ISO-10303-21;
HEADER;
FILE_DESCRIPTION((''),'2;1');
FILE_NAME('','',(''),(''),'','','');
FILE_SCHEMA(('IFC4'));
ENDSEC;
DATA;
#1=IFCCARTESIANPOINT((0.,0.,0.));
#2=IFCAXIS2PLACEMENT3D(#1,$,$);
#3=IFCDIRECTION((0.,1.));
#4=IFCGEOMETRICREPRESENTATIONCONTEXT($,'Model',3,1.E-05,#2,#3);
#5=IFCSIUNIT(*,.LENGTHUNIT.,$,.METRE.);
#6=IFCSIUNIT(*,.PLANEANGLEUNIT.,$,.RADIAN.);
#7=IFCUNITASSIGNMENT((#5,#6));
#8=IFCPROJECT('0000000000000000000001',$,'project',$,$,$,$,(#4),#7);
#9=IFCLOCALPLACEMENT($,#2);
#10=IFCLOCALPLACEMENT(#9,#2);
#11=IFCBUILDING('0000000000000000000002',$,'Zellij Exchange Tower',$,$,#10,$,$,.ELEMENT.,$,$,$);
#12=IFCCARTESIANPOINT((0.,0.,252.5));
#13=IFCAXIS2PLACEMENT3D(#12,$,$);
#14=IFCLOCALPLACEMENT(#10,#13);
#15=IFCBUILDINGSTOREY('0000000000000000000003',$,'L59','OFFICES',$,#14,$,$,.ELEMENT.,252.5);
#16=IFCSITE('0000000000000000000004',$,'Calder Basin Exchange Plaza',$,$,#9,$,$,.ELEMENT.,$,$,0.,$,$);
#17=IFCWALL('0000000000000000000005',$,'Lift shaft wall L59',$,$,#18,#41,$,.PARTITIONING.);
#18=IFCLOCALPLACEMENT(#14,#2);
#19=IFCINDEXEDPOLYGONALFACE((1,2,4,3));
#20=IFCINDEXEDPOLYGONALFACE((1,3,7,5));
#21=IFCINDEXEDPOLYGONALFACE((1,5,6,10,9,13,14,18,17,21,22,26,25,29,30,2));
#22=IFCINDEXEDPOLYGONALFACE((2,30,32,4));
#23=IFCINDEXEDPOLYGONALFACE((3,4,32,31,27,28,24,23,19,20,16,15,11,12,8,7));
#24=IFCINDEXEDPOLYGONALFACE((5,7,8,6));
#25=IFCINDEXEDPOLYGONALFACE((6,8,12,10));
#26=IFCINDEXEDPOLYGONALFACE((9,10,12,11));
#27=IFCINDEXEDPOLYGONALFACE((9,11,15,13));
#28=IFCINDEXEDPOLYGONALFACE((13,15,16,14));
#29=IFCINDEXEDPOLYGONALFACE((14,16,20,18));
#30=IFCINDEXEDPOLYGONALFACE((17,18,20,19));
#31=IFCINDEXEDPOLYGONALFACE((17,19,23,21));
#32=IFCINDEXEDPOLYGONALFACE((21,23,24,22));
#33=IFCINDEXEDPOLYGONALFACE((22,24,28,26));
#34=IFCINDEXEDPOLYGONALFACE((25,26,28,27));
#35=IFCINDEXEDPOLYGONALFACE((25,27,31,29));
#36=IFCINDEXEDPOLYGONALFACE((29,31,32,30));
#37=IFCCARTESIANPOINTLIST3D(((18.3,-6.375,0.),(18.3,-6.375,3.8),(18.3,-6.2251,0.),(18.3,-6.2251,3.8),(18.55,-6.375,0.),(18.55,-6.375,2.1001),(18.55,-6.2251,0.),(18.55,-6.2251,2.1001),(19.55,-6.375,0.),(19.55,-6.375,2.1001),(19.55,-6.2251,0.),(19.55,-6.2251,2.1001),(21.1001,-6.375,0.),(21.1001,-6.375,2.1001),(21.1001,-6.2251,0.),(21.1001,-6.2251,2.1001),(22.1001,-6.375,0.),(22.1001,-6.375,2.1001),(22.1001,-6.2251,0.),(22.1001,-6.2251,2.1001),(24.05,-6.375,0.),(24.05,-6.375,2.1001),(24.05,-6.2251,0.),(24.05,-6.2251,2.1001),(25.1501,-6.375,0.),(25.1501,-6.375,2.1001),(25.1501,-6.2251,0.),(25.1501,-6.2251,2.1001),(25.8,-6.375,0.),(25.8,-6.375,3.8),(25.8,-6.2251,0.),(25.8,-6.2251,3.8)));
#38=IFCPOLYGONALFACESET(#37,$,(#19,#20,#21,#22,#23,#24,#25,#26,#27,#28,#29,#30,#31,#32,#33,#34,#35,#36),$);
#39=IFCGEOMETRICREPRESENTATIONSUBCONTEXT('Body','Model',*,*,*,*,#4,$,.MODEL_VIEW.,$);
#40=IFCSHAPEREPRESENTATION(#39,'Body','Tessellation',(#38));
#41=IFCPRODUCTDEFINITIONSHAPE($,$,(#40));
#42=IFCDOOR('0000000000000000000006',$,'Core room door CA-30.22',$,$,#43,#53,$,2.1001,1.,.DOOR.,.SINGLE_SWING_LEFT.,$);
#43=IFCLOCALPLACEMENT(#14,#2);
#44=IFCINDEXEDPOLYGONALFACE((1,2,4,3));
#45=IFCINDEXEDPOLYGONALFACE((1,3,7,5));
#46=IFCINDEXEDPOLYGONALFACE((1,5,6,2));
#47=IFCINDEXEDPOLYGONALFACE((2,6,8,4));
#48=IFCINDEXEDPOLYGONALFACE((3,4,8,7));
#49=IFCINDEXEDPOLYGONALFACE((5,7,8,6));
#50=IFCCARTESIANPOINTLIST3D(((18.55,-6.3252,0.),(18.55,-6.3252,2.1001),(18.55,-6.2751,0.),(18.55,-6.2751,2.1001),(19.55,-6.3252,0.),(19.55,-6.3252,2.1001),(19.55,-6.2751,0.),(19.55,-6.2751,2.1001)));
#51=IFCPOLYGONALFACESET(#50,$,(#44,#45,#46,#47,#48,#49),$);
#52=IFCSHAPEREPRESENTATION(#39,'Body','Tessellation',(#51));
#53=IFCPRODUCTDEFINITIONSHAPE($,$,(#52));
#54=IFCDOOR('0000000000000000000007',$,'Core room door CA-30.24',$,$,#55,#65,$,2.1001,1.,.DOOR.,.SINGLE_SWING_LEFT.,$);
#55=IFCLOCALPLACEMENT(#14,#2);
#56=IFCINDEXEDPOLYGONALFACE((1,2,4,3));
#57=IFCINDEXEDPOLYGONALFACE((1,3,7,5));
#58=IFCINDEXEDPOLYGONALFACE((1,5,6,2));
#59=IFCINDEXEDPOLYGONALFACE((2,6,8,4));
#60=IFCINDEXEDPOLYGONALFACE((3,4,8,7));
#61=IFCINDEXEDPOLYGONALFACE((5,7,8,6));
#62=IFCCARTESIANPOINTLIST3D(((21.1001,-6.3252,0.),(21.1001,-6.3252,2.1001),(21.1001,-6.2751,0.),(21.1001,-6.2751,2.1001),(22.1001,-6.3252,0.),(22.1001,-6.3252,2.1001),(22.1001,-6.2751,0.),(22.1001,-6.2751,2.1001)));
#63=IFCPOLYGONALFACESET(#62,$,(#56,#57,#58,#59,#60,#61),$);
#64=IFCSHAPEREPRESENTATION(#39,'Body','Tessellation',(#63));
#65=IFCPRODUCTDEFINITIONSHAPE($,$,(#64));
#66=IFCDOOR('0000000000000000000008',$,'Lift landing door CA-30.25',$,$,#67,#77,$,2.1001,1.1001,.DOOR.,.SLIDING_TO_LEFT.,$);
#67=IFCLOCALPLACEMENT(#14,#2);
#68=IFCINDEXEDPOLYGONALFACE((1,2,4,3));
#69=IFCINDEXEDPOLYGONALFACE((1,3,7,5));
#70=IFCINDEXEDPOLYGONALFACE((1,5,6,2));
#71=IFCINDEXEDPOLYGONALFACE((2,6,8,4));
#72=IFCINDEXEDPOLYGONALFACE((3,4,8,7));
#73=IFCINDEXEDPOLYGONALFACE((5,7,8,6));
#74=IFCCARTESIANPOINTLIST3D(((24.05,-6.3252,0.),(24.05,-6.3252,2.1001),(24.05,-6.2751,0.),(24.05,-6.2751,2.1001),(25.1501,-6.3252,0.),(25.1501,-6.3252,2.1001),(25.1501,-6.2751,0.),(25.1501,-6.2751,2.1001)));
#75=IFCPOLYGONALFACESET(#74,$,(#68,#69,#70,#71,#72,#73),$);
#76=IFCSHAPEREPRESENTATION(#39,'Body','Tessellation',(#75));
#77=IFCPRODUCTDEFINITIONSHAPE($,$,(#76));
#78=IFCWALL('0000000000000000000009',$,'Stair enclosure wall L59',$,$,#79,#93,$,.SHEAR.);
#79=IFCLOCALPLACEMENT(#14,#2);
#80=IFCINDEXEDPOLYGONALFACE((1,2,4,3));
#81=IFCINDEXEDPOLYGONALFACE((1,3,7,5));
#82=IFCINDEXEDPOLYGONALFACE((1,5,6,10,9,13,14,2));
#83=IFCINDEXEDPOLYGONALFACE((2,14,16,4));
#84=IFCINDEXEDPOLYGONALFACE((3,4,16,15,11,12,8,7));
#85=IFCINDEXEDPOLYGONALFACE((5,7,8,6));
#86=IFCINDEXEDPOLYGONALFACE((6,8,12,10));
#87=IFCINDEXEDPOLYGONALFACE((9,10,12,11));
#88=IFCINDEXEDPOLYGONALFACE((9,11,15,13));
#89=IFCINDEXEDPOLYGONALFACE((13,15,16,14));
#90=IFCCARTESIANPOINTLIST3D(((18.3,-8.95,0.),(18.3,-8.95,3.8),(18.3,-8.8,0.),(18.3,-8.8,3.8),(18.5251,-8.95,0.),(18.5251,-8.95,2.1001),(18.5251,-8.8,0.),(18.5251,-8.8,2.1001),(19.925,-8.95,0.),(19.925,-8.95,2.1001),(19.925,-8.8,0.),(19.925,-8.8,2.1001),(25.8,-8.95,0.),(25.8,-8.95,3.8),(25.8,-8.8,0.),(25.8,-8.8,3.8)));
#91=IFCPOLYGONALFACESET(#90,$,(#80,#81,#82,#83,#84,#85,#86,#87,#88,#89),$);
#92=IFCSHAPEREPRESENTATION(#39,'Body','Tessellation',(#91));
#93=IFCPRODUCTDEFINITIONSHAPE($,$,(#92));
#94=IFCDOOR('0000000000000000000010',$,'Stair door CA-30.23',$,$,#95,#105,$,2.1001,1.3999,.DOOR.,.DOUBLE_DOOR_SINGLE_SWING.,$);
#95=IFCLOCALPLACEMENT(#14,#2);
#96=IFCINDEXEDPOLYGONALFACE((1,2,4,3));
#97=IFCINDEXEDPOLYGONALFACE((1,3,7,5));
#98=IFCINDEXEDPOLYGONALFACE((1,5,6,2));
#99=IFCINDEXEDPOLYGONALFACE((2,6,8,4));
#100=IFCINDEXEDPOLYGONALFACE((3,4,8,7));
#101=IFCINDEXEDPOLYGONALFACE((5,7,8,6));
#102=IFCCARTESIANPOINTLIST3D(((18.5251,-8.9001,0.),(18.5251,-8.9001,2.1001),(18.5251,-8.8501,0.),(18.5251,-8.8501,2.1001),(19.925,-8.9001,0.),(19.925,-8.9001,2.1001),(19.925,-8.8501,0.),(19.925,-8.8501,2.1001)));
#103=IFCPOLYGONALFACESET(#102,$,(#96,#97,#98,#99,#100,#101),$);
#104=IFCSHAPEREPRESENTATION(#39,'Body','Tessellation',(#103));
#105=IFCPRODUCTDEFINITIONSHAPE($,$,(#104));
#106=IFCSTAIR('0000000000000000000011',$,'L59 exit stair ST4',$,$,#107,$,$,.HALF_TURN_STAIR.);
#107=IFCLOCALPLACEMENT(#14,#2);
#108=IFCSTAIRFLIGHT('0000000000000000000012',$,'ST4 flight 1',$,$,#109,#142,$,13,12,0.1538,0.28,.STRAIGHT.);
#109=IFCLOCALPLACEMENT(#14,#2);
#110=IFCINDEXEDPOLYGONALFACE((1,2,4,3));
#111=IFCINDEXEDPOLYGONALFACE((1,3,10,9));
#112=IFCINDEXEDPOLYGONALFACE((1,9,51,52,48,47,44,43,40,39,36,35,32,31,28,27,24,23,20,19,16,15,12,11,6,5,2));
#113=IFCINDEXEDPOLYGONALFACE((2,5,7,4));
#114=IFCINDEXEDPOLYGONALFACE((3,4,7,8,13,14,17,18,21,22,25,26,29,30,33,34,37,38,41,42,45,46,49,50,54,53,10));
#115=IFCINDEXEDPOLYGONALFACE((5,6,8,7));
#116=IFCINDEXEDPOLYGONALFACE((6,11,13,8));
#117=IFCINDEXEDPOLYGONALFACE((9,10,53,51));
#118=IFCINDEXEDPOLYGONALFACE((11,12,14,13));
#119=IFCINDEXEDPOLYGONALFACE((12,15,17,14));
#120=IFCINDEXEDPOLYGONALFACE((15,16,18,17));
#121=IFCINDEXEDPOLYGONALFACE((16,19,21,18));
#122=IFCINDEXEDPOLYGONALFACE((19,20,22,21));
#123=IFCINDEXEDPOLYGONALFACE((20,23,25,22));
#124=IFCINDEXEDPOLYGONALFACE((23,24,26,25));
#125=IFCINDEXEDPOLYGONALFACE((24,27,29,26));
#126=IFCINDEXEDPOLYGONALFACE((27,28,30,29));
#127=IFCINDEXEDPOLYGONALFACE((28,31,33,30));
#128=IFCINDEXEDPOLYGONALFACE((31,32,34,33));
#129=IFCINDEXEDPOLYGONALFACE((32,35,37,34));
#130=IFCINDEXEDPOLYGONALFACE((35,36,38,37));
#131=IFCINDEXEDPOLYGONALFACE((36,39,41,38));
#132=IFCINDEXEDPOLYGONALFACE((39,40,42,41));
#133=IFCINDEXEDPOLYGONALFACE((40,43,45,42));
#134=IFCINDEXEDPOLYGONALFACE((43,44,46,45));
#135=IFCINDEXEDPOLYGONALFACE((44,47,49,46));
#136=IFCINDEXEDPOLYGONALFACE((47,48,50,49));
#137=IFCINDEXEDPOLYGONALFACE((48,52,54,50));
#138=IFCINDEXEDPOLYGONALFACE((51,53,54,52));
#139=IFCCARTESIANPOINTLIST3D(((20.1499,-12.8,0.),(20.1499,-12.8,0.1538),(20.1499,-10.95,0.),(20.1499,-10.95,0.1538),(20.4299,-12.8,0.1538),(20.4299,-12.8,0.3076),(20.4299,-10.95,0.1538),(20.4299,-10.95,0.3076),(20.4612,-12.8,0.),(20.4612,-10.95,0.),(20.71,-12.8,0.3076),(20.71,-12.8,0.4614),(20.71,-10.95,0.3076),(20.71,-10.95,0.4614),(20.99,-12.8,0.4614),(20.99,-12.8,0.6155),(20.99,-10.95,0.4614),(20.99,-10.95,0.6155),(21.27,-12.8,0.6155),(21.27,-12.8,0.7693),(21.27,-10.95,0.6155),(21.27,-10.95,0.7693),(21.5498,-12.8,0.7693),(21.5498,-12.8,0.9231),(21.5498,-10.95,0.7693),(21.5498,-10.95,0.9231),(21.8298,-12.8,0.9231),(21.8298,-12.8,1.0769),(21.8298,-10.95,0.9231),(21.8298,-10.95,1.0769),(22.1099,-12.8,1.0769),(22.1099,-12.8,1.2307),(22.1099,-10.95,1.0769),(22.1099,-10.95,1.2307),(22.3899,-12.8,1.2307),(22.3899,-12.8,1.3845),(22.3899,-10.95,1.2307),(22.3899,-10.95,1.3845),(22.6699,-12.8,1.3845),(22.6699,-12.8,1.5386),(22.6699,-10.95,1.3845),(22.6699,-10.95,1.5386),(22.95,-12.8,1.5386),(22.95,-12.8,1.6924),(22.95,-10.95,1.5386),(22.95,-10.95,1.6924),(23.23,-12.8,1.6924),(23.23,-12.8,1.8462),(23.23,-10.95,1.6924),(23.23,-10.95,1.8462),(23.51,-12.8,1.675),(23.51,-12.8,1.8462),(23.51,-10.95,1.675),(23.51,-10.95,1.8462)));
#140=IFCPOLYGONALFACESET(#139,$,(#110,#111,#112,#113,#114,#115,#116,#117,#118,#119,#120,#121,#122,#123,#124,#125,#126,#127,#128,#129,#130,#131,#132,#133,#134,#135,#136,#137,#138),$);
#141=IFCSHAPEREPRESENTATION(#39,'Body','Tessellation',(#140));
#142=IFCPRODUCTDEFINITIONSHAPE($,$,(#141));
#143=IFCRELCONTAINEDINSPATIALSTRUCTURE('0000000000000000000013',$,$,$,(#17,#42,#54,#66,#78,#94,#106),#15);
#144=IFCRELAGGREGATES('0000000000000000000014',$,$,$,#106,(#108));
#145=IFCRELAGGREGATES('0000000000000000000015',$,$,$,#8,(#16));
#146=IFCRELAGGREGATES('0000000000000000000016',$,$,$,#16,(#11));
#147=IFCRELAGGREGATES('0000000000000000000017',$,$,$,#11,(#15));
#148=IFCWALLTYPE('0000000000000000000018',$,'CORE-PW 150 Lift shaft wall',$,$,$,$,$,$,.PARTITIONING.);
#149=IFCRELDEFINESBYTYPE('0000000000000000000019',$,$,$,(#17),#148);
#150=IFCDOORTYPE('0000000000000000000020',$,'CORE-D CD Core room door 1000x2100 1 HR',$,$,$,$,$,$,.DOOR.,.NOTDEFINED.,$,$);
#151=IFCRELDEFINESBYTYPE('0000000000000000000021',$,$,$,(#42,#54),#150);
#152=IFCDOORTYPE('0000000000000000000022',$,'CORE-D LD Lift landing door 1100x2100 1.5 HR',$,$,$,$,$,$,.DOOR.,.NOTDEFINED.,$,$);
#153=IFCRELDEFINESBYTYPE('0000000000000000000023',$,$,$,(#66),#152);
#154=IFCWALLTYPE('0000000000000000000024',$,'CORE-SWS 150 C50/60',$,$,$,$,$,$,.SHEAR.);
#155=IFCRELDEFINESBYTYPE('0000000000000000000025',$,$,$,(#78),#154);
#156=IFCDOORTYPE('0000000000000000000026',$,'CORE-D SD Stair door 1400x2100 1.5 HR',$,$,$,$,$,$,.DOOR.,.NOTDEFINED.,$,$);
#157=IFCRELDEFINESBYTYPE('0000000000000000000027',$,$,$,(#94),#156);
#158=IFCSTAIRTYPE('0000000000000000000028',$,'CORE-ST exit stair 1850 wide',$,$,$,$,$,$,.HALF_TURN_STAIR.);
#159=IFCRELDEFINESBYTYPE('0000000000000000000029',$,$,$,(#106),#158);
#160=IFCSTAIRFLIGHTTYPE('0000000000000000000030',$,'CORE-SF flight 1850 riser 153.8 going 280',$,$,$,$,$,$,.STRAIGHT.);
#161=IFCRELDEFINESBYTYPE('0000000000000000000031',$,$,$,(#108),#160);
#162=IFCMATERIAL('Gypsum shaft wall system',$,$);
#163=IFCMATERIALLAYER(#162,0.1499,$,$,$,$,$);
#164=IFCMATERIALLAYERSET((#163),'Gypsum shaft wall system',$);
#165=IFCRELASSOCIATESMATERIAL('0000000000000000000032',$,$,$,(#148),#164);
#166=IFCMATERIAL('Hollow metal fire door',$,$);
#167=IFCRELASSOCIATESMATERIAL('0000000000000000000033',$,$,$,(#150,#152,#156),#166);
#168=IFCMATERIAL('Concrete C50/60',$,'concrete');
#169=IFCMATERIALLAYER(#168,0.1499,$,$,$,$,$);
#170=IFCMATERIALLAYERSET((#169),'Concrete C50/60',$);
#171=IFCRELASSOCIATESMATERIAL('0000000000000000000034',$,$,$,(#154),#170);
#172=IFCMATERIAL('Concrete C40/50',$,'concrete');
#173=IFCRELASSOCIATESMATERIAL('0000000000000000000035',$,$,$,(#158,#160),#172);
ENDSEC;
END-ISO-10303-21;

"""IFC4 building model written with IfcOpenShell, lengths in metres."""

from ifc_helpers import new_model, si_unit, direction, frame, frame_2d, origin, place, context, subcontext, project, spatial, polyline, rectangle, outline, extrude, material, layer, layer_set, type_object, element, fill, aggregate, save


model = new_model("IFC4")

# Units and contexts
model_context = context("Model", 3, precision=1e-05, world=origin(), true_north=direction((0.0, 1.0)))
body_context = subcontext(model_context, "Body", "Model", "MODEL_VIEW")
ifc_project = project(units=[si_unit("LENGTHUNIT", "METRE"), si_unit("PLANEANGLEUNIT", "RADIAN")], contexts=[model_context])

# Site, building, storey
site_placement = place(None, origin())
site = spatial("IfcSite", under=ifc_project, at=site_placement, Name="Calder Basin Exchange Plaza", CompositionType="ELEMENT", RefElevation=0.0)
building_placement = place(site_placement, origin())
building = spatial("IfcBuilding", under=site, at=building_placement, Name="Zellij Exchange Tower", CompositionType="ELEMENT")
storey_placement = place(building_placement, frame((0.0, 0.0, 252.5)))
storey = spatial("IfcBuildingStorey", under=building, at=storey_placement, Name="L59", Description="OFFICES", CompositionType="ELEMENT", Elevation=252.5)

# Shared definitions
ifc_material_1 = material(Name="Concrete C50/60", Category="concrete")
ifc_material_2 = material(Name="Gypsum shaft wall system")
ifc_layer_1 = layer(ifc_material_2, 0.1499)
ifc_layer_set_1 = layer_set([ifc_layer_1], Name="Gypsum shaft wall system")
wall_type_1 = type_object("IfcWallType", Name="CORE-PW 150 Lift shaft wall", PredefinedType="PARTITIONING", material=ifc_layer_set_1)

# Wall, openings, doors
wall_1_placement = place(storey_placement, frame((18.3, -6.3, 0.0), z_axis=(0.0, 0.0, 1.0), x_axis=(1.0, 0.0, 0.0)))
wall_1 = element("IfcWall", 1, at=wall_1_placement, inside=storey, type_object=wall_type_1, Name="Lift shaft wall L59", PredefinedType="PARTITIONING", context=body_context, shape_type="SweptSolid", body=[
    extrude(rectangle(XDim=7.5, YDim=0.1499, at=frame_2d((3.75, 0.0))), origin(), (0.0, 0.0, 1.0), 3.8),
])
opening_1_placement = place(wall_1_placement, frame((0.25, 0.0, 0.0)))
opening_1 = element("IfcOpeningElement", 2, at=opening_1_placement, cuts=wall_1, PredefinedType="OPENING", context=body_context, shape_type="SweptSolid", body=[
    extrude(rectangle(XDim=1.0, YDim=2.1001, at=frame_2d((0.5, 1.05))), frame((0.0, 0.0869, 0.0), z_axis=(0.0, -1.0, 0.0), x_axis=(1.0, 0.0, 0.0)), (0.0, 0.0, 1.0), 0.1738),
])
opening_2_placement = place(wall_1_placement, frame((2.8, 0.0, 0.0)))
opening_2 = element("IfcOpeningElement", 3, at=opening_2_placement, cuts=wall_1, PredefinedType="OPENING", context=body_context, shape_type="SweptSolid", body=[
    extrude(rectangle(XDim=1.0, YDim=2.1001, at=frame_2d((0.5, 1.05))), frame((0.0, 0.0869, 0.0), z_axis=(0.0, -1.0, 0.0), x_axis=(1.0, 0.0, 0.0)), (0.0, 0.0, 1.0), 0.1738),
])
opening_3_placement = place(wall_1_placement, frame((5.75, 0.0, 0.0)))
opening_3 = element("IfcOpeningElement", 4, at=opening_3_placement, cuts=wall_1, PredefinedType="OPENING", context=body_context, shape_type="SweptSolid", body=[
    extrude(rectangle(XDim=1.1001, YDim=2.1001, at=frame_2d((0.55, 1.05))), frame((0.0, 0.0869, 0.0), z_axis=(0.0, -1.0, 0.0), x_axis=(1.0, 0.0, 0.0)), (0.0, 0.0, 1.0), 0.1738),
])
ifc_material_3 = material(Name="Hollow metal fire door")
door_type_1 = type_object("IfcDoorType", Name="CORE-D CD Core room door 1000x2100 1 HR", OperationType="NOTDEFINED", PredefinedType="DOOR", material=ifc_material_3)
door_1_placement = place(opening_1_placement, origin())
door_1 = element("IfcDoor", 5, at=door_1_placement, inside=storey, type_object=door_type_1, Name="Core room door CA-30.22", OperationType="SINGLE_SWING_LEFT", OverallHeight=2.1001, OverallWidth=1.0, PredefinedType="DOOR", context=body_context, shape_type="SweptSolid", body=[
    extrude(rectangle(XDim=1.0, YDim=2.1001, at=frame_2d((0.5, 1.05))), frame((0.0, 0.0249, 0.0), z_axis=(0.0, -1.0, 0.0), x_axis=(1.0, 0.0, 0.0)), (0.0, 0.0, 1.0), 0.05),
])
fill(opening_1, door_1)
door_2_placement = place(opening_2_placement, origin())
door_2 = element("IfcDoor", 6, at=door_2_placement, inside=storey, type_object=door_type_1, Name="Core room door CA-30.24", OperationType="SINGLE_SWING_LEFT", OverallHeight=2.1001, OverallWidth=1.0, PredefinedType="DOOR", context=body_context, shape_type="SweptSolid", body=[
    extrude(rectangle(XDim=1.0, YDim=2.1001, at=frame_2d((0.5, 1.05))), frame((0.0, 0.0249, 0.0), z_axis=(0.0, -1.0, 0.0), x_axis=(1.0, 0.0, 0.0)), (0.0, 0.0, 1.0), 0.05),
])
fill(opening_2, door_2)
door_type_2 = type_object("IfcDoorType", Name="CORE-D LD Lift landing door 1100x2100 1.5 HR", OperationType="NOTDEFINED", PredefinedType="DOOR", material=ifc_material_3)
door_3_placement = place(opening_3_placement, origin())
door_3 = element("IfcDoor", 7, at=door_3_placement, inside=storey, type_object=door_type_2, Name="Lift landing door CA-30.25", OperationType="SLIDING_TO_LEFT", OverallHeight=2.1001, OverallWidth=1.1001, PredefinedType="DOOR", context=body_context, shape_type="SweptSolid", body=[
    extrude(rectangle(XDim=1.1001, YDim=2.1001, at=frame_2d((0.55, 1.05))), frame((0.0, 0.0249, 0.0), z_axis=(0.0, -1.0, 0.0), x_axis=(1.0, 0.0, 0.0)), (0.0, 0.0, 1.0), 0.05),
])
fill(opening_3, door_3)

# Wall, opening, door
ifc_layer_2 = layer(ifc_material_1, 0.1499)
ifc_layer_set_2 = layer_set([ifc_layer_2], Name="Concrete C50/60")
wall_type_2 = type_object("IfcWallType", Name="CORE-SWS 150 C50/60", PredefinedType="SHEAR", material=ifc_layer_set_2)
wall_2_placement = place(storey_placement, frame((18.3, -8.875, 0.0), z_axis=(0.0, 0.0, 1.0), x_axis=(1.0, 0.0, 0.0)))
wall_2 = element("IfcWall", 8, at=wall_2_placement, inside=storey, type_object=wall_type_2, Name="Stair enclosure wall L59", PredefinedType="SHEAR", context=body_context, shape_type="SweptSolid", body=[
    extrude(rectangle(XDim=7.5, YDim=0.1499, at=frame_2d((3.75, 0.0))), origin(), (0.0, 0.0, 1.0), 3.8),
])
opening_4_placement = place(wall_2_placement, frame((0.2251, 0.0, 0.0)))
opening_4 = element("IfcOpeningElement", 9, at=opening_4_placement, cuts=wall_2, PredefinedType="OPENING", context=body_context, shape_type="SweptSolid", body=[
    extrude(rectangle(XDim=1.3999, YDim=2.1001, at=frame_2d((0.7, 1.05))), frame((0.0, 0.0869, 0.0), z_axis=(0.0, -1.0, 0.0), x_axis=(1.0, 0.0, 0.0)), (0.0, 0.0, 1.0), 0.1738),
])
door_type_3 = type_object("IfcDoorType", Name="CORE-D SD Stair door 1400x2100 1.5 HR", OperationType="NOTDEFINED", PredefinedType="DOOR", material=ifc_material_3)
door_4_placement = place(opening_4_placement, origin())
door_4 = element("IfcDoor", 10, at=door_4_placement, inside=storey, type_object=door_type_3, Name="Stair door CA-30.23", OperationType="DOUBLE_DOOR_SINGLE_SWING", OverallHeight=2.1001, OverallWidth=1.3999, PredefinedType="DOOR", context=body_context, shape_type="SweptSolid", body=[
    extrude(rectangle(XDim=1.3999, YDim=2.1001, at=frame_2d((0.7, 1.05))), frame((0.0, 0.0249, 0.0), z_axis=(0.0, -1.0, 0.0), x_axis=(1.0, 0.0, 0.0)), (0.0, 0.0, 1.0), 0.05),
])
fill(opening_4, door_4)

# Stair, stair flight
ifc_material_4 = material(Name="Concrete C40/50", Category="concrete")
stair_type = type_object("IfcStairType", Name="CORE-ST exit stair 1850 wide", PredefinedType="HALF_TURN_STAIR", material=ifc_material_4)
stair_placement = place(storey_placement, origin())
stair = element("IfcStair", 11, at=stair_placement, inside=storey, type_object=stair_type, Name="L59 exit stair ST4", PredefinedType="HALF_TURN_STAIR")
stair_flight_type = type_object("IfcStairFlightType", Name="CORE-SF flight 1850 riser 153.8 going 280", PredefinedType="STRAIGHT", material=ifc_material_4)
stair_flight_1_placement = place(storey_placement, frame((20.1499, -11.875, 0.0), z_axis=(0.0, 0.0, 1.0), x_axis=(1.0, 0.0, 0.0)))
stair_flight_1 = element("IfcStairFlight", 12, at=stair_flight_1_placement, type_object=stair_flight_type, Name="ST4 flight 1", NumberOfRisers=13, NumberOfTreads=12, PredefinedType="STRAIGHT", RiserHeight=0.1538, TreadLength=0.28, context=body_context, shape_type="SweptSolid", body=[
    extrude(outline(polyline([(0.0, 0.0), (0.0, 0.1538), (0.28, 0.1538), (0.28, 0.3076), (0.5601, 0.3076), (0.5601, 0.4614), (0.8401, 0.4614), (0.8401, 0.6155), (1.1201, 0.6155), (1.1201, 0.7693), (1.3999, 0.7693), (1.3999, 0.9231), (1.6799, 0.9231), (1.6799, 1.0769), (1.96, 1.0769), (1.96, 1.2307), (2.24, 1.2307), (2.24, 1.3845), (2.52, 1.3845), (2.52, 1.5386), (2.8, 1.5386), (2.8, 1.6924), (3.0801, 1.6924), (3.0801, 1.8462), (3.3601, 1.8462), (3.3601, 2.0), (3.3601, 1.675), (0.3113, 0.0), (0.0, 0.0)])), frame((0.0, 0.925, 0.0), z_axis=(0.0, -1.0, 0.0), x_axis=(1.0, 0.0, 0.0)), (0.0, 0.0, 1.0), 1.8501),
])
aggregate(stair, [stair_flight_1])

save(model, "model.ifc")
